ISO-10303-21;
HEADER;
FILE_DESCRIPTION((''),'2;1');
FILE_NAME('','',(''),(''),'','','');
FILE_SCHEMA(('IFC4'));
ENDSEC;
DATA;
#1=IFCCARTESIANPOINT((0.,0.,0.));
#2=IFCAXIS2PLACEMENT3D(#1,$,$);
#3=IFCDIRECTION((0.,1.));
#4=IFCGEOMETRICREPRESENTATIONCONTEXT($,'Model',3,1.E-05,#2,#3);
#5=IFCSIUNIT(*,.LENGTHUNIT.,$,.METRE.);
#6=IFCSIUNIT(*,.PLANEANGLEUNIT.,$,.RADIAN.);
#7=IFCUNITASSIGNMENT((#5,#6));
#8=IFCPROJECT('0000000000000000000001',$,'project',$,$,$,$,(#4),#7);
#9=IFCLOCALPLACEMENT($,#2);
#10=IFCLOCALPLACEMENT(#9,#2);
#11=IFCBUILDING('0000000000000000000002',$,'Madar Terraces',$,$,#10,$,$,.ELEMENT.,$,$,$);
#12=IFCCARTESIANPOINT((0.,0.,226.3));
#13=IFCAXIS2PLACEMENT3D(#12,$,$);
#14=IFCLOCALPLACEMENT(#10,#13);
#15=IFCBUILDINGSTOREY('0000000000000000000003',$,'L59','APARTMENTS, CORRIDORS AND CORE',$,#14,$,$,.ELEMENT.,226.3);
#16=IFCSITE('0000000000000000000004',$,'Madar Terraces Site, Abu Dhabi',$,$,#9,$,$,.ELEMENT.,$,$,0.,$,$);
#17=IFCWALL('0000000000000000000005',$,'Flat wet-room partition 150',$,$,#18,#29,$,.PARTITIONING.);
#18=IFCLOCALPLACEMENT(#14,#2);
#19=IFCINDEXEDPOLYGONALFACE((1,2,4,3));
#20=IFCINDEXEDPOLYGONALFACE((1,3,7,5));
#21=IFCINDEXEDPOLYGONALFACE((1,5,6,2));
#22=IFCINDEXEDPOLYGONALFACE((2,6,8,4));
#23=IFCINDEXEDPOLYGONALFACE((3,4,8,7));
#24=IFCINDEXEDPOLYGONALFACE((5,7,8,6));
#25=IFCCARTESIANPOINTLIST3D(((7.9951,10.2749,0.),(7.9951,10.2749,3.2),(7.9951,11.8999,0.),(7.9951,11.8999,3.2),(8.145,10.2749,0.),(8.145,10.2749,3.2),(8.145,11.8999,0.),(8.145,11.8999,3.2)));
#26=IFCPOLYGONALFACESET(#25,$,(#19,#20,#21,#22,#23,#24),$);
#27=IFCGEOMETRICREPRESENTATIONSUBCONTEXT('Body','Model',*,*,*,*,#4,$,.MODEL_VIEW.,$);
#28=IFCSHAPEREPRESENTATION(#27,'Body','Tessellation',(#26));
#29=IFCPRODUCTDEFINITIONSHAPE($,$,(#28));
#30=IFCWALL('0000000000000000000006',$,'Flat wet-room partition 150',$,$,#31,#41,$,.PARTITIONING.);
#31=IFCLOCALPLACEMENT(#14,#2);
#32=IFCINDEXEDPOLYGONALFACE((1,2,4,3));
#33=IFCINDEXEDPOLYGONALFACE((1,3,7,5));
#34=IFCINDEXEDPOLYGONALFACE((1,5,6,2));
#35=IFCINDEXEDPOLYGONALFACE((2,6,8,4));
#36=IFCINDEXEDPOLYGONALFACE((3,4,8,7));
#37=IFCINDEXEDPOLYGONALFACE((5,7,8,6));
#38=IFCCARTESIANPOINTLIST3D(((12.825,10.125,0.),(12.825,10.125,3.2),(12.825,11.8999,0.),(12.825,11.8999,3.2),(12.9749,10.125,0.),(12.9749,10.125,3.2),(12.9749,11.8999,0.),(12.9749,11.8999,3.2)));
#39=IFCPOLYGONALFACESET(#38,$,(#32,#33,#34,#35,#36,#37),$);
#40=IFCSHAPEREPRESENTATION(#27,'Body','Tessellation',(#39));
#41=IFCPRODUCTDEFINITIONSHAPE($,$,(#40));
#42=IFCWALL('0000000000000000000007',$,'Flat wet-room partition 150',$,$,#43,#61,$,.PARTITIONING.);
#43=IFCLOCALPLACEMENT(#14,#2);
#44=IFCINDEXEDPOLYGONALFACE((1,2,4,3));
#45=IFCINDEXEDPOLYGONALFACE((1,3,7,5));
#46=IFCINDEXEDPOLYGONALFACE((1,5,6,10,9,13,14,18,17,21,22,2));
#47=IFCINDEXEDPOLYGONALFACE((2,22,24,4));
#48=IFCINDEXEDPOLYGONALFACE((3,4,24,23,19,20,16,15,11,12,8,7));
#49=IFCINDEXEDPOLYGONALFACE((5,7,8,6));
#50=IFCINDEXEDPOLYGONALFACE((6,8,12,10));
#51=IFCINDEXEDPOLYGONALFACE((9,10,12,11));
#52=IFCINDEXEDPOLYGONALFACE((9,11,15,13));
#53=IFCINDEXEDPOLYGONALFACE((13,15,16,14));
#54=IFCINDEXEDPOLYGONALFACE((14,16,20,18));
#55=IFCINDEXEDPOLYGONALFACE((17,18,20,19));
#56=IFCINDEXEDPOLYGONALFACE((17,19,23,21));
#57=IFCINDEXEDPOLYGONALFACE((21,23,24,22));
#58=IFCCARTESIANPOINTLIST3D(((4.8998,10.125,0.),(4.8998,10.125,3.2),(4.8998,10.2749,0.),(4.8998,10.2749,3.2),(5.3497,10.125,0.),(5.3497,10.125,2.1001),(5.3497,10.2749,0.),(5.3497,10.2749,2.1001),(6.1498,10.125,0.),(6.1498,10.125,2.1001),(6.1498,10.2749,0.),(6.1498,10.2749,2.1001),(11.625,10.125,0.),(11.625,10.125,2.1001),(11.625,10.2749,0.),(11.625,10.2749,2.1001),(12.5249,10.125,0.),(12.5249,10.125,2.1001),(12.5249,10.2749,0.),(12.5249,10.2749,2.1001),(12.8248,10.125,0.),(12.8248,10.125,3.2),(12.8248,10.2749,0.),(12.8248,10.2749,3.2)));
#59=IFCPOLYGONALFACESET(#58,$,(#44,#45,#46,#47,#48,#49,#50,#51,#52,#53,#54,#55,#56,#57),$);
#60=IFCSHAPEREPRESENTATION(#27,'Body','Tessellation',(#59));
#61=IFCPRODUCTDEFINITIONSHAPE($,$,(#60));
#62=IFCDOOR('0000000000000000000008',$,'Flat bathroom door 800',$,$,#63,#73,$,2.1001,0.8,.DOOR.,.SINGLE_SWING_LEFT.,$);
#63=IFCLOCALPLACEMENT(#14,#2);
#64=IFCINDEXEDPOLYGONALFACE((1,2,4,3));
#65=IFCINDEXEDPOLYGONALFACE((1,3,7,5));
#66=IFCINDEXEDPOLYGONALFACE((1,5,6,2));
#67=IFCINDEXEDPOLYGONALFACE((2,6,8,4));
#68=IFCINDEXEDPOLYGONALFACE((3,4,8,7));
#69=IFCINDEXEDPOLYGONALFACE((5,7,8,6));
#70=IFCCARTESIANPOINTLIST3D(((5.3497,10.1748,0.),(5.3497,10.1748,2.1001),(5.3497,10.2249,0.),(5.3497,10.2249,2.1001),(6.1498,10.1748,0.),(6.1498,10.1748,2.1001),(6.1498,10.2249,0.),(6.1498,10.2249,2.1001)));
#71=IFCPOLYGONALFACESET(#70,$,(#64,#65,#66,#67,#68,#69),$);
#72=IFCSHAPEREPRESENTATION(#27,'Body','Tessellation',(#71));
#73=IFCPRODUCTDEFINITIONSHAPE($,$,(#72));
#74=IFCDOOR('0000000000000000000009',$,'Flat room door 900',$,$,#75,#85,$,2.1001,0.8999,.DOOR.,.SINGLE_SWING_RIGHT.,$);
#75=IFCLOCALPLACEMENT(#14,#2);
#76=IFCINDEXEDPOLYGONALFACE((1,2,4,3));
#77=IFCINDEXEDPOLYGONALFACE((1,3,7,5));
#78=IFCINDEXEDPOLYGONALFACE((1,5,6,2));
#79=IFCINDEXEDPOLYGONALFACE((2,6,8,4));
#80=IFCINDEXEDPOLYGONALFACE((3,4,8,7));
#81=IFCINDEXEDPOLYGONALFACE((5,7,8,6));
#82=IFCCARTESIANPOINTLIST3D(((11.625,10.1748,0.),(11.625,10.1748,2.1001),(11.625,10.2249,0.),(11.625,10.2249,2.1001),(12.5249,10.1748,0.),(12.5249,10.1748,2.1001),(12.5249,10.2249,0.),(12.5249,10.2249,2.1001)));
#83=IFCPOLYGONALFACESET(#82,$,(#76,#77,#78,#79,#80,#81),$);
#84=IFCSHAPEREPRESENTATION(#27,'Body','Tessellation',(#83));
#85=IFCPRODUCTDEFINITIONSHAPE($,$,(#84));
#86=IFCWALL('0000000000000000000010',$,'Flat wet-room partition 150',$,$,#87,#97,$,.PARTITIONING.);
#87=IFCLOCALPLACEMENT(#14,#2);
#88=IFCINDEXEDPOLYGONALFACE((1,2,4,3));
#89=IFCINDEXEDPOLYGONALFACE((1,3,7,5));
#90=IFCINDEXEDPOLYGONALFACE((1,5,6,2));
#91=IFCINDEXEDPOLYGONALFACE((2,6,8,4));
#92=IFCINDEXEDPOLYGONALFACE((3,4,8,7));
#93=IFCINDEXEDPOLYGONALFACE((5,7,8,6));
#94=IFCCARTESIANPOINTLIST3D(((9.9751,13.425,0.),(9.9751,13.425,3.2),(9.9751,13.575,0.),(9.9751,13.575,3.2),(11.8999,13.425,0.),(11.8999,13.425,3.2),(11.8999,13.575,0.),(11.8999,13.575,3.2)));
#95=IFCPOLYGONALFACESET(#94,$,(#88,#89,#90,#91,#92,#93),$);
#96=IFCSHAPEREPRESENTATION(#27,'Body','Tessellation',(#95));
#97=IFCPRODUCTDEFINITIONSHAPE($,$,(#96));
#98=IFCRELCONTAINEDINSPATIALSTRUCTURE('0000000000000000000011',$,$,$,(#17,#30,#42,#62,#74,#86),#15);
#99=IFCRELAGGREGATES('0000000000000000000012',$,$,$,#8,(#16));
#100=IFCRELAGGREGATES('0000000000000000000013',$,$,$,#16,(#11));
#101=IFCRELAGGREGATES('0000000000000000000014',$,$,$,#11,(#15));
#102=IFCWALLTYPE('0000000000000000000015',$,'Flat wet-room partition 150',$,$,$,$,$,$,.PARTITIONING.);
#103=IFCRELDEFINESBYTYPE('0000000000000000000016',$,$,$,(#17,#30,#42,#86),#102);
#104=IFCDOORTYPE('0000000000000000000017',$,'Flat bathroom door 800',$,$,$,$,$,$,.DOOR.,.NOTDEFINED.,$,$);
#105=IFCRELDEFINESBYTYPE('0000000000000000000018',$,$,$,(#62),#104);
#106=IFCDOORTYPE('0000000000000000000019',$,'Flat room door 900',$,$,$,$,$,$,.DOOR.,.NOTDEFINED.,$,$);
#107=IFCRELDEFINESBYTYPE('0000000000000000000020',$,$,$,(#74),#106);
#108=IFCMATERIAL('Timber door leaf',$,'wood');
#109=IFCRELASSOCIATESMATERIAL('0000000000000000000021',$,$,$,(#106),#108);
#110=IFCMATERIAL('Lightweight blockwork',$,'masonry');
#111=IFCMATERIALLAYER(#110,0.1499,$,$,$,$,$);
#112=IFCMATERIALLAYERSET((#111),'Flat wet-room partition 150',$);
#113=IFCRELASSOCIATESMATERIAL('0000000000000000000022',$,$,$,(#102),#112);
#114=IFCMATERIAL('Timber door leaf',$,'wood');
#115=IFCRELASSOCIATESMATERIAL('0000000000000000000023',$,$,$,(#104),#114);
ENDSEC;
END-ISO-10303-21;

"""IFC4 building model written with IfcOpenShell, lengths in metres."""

from ifc_helpers import new_model, si_unit, direction, frame, frame_2d, origin, place, context, subcontext, project, spatial, rectangle, extrude, material, layer, layer_set, type_object, element, fill, save


model = new_model("IFC4")

# Units and contexts
model_context = context("Model", 3, precision=1e-05, world=origin(), true_north=direction((0.0, 1.0)))
body_context = subcontext(model_context, "Body", "Model", "MODEL_VIEW")
ifc_project = project(units=[si_unit("LENGTHUNIT", "METRE"), si_unit("PLANEANGLEUNIT", "RADIAN")], contexts=[model_context])

# Site, building, storey
site_placement = place(None, origin())
site = spatial("IfcSite", under=ifc_project, at=site_placement, Name="Madar Terraces Site, Abu Dhabi", CompositionType="ELEMENT", RefElevation=0.0)
building_placement = place(site_placement, origin())
building = spatial("IfcBuilding", under=site, at=building_placement, Name="Madar Terraces", CompositionType="ELEMENT")
storey_placement = place(building_placement, frame((0.0, 0.0, 226.3)))
storey = spatial("IfcBuildingStorey", under=building, at=storey_placement, Name="L59", Description="APARTMENTS, CORRIDORS AND CORE", CompositionType="ELEMENT", Elevation=226.3)

# Shared definitions
ifc_material_1 = material(Name="Timber door leaf", Category="wood")
door_type_1 = type_object("IfcDoorType", Name="Flat room door 900", OperationType="NOTDEFINED", PredefinedType="DOOR", material=ifc_material_1)

# Walls
ifc_material_2 = material(Name="Lightweight blockwork", Category="masonry")
ifc_layer_1 = layer(ifc_material_2, 0.1499)
ifc_layer_set_1 = layer_set([ifc_layer_1], Name="Flat wet-room partition 150")
wall_type_1 = type_object("IfcWallType", Name="Flat wet-room partition 150", PredefinedType="PARTITIONING", material=ifc_layer_set_1)
wall_1_placement = place(storey_placement, frame((8.0701, 11.8999, 0.0), z_axis=(0.0, 0.0, 1.0), x_axis=(0.0, -1.0, 0.0)))
element("IfcWall", 1, at=wall_1_placement, inside=storey, type_object=wall_type_1, Name="Flat wet-room partition 150", PredefinedType="PARTITIONING", context=body_context, shape_type="SweptSolid", body=[
    extrude(rectangle(XDim=1.625, YDim=0.1499, at=frame_2d((0.8125, 0.0))), origin(), (0.0, 0.0, 1.0), 3.2),
])
wall_2_placement = place(storey_placement, frame((12.8999, 11.8999, 0.0), z_axis=(0.0, 0.0, 1.0), x_axis=(0.0, -1.0, 0.0)))
element("IfcWall", 2, at=wall_2_placement, inside=storey, type_object=wall_type_1, Name="Flat wet-room partition 150", PredefinedType="PARTITIONING", context=body_context, shape_type="SweptSolid", body=[
    extrude(rectangle(XDim=1.7749, YDim=0.1499, at=frame_2d((0.8875, 0.0))), origin(), (0.0, 0.0, 1.0), 3.2),
])

# Wall, openings, doors
wall_3_placement = place(storey_placement, frame((4.8999, 10.2, 0.0), z_axis=(0.0, 0.0, 1.0), x_axis=(1.0, 0.0, 0.0)))
wall_3 = element("IfcWall", 3, at=wall_3_placement, inside=storey, type_object=wall_type_1, Name="Flat wet-room partition 150", PredefinedType="PARTITIONING", context=body_context, shape_type="SweptSolid", body=[
    extrude(rectangle(XDim=7.925, YDim=0.1499, at=frame_2d((3.9624, 0.0))), origin(), (0.0, 0.0, 1.0), 3.2),
])
opening_1_placement = place(wall_3_placement, frame((6.7251, 0.0, 0.0)))
opening_1 = element("IfcOpeningElement", 4, at=opening_1_placement, cuts=wall_3, PredefinedType="OPENING", context=body_context, shape_type="SweptSolid", body=[
    extrude(rectangle(XDim=0.8999, YDim=2.1001, at=frame_2d((0.45, 1.05))), frame((0.0, 0.085, 0.0), z_axis=(0.0, -1.0, 0.0), x_axis=(1.0, 0.0, 0.0)), (0.0, 0.0, 1.0), 0.1699),
])
opening_2_placement = place(wall_3_placement, frame((0.45, 0.0, 0.0)))
opening_2 = element("IfcOpeningElement", 5, at=opening_2_placement, cuts=wall_3, PredefinedType="OPENING", context=body_context, shape_type="SweptSolid", body=[
    extrude(rectangle(XDim=0.8, YDim=2.1001, at=frame_2d((0.3999, 1.05))), frame((0.0, 0.085, 0.0), z_axis=(0.0, -1.0, 0.0), x_axis=(1.0, 0.0, 0.0)), (0.0, 0.0, 1.0), 0.1699),
])
ifc_material_3 = material(Name="Timber door leaf", Category="wood")
door_type_2 = type_object("IfcDoorType", Name="Flat bathroom door 800", OperationType="NOTDEFINED", PredefinedType="DOOR", material=ifc_material_3)
door_1_placement = place(opening_2_placement, origin())
door_1 = element("IfcDoor", 6, at=door_1_placement, inside=storey, type_object=door_type_2, Name="Flat bathroom door 800", OperationType="SINGLE_SWING_LEFT", OverallHeight=2.1001, OverallWidth=0.8, PredefinedType="DOOR", context=body_context, shape_type="SweptSolid", body=[
    extrude(rectangle(XDim=0.8, YDim=2.1001, at=frame_2d((0.3999, 1.05))), frame((0.0, 0.0249, 0.0), z_axis=(0.0, -1.0, 0.0), x_axis=(1.0, 0.0, 0.0)), (0.0, 0.0, 1.0), 0.05),
])
fill(opening_2, door_1)
door_2_placement = place(opening_1_placement, origin())
door_2 = element("IfcDoor", 7, at=door_2_placement, inside=storey, type_object=door_type_1, Name="Flat room door 900", OperationType="SINGLE_SWING_RIGHT", OverallHeight=2.1001, OverallWidth=0.8999, PredefinedType="DOOR", context=body_context, shape_type="SweptSolid", body=[
    extrude(rectangle(XDim=0.8999, YDim=2.1001, at=frame_2d((0.45, 1.05))), frame((0.0, 0.0249, 0.0), z_axis=(0.0, -1.0, 0.0), x_axis=(1.0, 0.0, 0.0)), (0.0, 0.0, 1.0), 0.05),
])
fill(opening_1, door_2)

# Wall
wall_4_placement = place(storey_placement, frame((11.8999, 13.5, 0.0), z_axis=(0.0, 0.0, 1.0), x_axis=(-1.0, 0.0, 0.0)))
element("IfcWall", 8, at=wall_4_placement, inside=storey, type_object=wall_type_1, Name="Flat wet-room partition 150", PredefinedType="PARTITIONING", context=body_context, shape_type="SweptSolid", body=[
    extrude(rectangle(XDim=1.9248, YDim=0.1499, at=frame_2d((0.9624, 0.0))), origin(), (0.0, 0.0, 1.0), 3.2),
])

save(model, "model.ifc")
